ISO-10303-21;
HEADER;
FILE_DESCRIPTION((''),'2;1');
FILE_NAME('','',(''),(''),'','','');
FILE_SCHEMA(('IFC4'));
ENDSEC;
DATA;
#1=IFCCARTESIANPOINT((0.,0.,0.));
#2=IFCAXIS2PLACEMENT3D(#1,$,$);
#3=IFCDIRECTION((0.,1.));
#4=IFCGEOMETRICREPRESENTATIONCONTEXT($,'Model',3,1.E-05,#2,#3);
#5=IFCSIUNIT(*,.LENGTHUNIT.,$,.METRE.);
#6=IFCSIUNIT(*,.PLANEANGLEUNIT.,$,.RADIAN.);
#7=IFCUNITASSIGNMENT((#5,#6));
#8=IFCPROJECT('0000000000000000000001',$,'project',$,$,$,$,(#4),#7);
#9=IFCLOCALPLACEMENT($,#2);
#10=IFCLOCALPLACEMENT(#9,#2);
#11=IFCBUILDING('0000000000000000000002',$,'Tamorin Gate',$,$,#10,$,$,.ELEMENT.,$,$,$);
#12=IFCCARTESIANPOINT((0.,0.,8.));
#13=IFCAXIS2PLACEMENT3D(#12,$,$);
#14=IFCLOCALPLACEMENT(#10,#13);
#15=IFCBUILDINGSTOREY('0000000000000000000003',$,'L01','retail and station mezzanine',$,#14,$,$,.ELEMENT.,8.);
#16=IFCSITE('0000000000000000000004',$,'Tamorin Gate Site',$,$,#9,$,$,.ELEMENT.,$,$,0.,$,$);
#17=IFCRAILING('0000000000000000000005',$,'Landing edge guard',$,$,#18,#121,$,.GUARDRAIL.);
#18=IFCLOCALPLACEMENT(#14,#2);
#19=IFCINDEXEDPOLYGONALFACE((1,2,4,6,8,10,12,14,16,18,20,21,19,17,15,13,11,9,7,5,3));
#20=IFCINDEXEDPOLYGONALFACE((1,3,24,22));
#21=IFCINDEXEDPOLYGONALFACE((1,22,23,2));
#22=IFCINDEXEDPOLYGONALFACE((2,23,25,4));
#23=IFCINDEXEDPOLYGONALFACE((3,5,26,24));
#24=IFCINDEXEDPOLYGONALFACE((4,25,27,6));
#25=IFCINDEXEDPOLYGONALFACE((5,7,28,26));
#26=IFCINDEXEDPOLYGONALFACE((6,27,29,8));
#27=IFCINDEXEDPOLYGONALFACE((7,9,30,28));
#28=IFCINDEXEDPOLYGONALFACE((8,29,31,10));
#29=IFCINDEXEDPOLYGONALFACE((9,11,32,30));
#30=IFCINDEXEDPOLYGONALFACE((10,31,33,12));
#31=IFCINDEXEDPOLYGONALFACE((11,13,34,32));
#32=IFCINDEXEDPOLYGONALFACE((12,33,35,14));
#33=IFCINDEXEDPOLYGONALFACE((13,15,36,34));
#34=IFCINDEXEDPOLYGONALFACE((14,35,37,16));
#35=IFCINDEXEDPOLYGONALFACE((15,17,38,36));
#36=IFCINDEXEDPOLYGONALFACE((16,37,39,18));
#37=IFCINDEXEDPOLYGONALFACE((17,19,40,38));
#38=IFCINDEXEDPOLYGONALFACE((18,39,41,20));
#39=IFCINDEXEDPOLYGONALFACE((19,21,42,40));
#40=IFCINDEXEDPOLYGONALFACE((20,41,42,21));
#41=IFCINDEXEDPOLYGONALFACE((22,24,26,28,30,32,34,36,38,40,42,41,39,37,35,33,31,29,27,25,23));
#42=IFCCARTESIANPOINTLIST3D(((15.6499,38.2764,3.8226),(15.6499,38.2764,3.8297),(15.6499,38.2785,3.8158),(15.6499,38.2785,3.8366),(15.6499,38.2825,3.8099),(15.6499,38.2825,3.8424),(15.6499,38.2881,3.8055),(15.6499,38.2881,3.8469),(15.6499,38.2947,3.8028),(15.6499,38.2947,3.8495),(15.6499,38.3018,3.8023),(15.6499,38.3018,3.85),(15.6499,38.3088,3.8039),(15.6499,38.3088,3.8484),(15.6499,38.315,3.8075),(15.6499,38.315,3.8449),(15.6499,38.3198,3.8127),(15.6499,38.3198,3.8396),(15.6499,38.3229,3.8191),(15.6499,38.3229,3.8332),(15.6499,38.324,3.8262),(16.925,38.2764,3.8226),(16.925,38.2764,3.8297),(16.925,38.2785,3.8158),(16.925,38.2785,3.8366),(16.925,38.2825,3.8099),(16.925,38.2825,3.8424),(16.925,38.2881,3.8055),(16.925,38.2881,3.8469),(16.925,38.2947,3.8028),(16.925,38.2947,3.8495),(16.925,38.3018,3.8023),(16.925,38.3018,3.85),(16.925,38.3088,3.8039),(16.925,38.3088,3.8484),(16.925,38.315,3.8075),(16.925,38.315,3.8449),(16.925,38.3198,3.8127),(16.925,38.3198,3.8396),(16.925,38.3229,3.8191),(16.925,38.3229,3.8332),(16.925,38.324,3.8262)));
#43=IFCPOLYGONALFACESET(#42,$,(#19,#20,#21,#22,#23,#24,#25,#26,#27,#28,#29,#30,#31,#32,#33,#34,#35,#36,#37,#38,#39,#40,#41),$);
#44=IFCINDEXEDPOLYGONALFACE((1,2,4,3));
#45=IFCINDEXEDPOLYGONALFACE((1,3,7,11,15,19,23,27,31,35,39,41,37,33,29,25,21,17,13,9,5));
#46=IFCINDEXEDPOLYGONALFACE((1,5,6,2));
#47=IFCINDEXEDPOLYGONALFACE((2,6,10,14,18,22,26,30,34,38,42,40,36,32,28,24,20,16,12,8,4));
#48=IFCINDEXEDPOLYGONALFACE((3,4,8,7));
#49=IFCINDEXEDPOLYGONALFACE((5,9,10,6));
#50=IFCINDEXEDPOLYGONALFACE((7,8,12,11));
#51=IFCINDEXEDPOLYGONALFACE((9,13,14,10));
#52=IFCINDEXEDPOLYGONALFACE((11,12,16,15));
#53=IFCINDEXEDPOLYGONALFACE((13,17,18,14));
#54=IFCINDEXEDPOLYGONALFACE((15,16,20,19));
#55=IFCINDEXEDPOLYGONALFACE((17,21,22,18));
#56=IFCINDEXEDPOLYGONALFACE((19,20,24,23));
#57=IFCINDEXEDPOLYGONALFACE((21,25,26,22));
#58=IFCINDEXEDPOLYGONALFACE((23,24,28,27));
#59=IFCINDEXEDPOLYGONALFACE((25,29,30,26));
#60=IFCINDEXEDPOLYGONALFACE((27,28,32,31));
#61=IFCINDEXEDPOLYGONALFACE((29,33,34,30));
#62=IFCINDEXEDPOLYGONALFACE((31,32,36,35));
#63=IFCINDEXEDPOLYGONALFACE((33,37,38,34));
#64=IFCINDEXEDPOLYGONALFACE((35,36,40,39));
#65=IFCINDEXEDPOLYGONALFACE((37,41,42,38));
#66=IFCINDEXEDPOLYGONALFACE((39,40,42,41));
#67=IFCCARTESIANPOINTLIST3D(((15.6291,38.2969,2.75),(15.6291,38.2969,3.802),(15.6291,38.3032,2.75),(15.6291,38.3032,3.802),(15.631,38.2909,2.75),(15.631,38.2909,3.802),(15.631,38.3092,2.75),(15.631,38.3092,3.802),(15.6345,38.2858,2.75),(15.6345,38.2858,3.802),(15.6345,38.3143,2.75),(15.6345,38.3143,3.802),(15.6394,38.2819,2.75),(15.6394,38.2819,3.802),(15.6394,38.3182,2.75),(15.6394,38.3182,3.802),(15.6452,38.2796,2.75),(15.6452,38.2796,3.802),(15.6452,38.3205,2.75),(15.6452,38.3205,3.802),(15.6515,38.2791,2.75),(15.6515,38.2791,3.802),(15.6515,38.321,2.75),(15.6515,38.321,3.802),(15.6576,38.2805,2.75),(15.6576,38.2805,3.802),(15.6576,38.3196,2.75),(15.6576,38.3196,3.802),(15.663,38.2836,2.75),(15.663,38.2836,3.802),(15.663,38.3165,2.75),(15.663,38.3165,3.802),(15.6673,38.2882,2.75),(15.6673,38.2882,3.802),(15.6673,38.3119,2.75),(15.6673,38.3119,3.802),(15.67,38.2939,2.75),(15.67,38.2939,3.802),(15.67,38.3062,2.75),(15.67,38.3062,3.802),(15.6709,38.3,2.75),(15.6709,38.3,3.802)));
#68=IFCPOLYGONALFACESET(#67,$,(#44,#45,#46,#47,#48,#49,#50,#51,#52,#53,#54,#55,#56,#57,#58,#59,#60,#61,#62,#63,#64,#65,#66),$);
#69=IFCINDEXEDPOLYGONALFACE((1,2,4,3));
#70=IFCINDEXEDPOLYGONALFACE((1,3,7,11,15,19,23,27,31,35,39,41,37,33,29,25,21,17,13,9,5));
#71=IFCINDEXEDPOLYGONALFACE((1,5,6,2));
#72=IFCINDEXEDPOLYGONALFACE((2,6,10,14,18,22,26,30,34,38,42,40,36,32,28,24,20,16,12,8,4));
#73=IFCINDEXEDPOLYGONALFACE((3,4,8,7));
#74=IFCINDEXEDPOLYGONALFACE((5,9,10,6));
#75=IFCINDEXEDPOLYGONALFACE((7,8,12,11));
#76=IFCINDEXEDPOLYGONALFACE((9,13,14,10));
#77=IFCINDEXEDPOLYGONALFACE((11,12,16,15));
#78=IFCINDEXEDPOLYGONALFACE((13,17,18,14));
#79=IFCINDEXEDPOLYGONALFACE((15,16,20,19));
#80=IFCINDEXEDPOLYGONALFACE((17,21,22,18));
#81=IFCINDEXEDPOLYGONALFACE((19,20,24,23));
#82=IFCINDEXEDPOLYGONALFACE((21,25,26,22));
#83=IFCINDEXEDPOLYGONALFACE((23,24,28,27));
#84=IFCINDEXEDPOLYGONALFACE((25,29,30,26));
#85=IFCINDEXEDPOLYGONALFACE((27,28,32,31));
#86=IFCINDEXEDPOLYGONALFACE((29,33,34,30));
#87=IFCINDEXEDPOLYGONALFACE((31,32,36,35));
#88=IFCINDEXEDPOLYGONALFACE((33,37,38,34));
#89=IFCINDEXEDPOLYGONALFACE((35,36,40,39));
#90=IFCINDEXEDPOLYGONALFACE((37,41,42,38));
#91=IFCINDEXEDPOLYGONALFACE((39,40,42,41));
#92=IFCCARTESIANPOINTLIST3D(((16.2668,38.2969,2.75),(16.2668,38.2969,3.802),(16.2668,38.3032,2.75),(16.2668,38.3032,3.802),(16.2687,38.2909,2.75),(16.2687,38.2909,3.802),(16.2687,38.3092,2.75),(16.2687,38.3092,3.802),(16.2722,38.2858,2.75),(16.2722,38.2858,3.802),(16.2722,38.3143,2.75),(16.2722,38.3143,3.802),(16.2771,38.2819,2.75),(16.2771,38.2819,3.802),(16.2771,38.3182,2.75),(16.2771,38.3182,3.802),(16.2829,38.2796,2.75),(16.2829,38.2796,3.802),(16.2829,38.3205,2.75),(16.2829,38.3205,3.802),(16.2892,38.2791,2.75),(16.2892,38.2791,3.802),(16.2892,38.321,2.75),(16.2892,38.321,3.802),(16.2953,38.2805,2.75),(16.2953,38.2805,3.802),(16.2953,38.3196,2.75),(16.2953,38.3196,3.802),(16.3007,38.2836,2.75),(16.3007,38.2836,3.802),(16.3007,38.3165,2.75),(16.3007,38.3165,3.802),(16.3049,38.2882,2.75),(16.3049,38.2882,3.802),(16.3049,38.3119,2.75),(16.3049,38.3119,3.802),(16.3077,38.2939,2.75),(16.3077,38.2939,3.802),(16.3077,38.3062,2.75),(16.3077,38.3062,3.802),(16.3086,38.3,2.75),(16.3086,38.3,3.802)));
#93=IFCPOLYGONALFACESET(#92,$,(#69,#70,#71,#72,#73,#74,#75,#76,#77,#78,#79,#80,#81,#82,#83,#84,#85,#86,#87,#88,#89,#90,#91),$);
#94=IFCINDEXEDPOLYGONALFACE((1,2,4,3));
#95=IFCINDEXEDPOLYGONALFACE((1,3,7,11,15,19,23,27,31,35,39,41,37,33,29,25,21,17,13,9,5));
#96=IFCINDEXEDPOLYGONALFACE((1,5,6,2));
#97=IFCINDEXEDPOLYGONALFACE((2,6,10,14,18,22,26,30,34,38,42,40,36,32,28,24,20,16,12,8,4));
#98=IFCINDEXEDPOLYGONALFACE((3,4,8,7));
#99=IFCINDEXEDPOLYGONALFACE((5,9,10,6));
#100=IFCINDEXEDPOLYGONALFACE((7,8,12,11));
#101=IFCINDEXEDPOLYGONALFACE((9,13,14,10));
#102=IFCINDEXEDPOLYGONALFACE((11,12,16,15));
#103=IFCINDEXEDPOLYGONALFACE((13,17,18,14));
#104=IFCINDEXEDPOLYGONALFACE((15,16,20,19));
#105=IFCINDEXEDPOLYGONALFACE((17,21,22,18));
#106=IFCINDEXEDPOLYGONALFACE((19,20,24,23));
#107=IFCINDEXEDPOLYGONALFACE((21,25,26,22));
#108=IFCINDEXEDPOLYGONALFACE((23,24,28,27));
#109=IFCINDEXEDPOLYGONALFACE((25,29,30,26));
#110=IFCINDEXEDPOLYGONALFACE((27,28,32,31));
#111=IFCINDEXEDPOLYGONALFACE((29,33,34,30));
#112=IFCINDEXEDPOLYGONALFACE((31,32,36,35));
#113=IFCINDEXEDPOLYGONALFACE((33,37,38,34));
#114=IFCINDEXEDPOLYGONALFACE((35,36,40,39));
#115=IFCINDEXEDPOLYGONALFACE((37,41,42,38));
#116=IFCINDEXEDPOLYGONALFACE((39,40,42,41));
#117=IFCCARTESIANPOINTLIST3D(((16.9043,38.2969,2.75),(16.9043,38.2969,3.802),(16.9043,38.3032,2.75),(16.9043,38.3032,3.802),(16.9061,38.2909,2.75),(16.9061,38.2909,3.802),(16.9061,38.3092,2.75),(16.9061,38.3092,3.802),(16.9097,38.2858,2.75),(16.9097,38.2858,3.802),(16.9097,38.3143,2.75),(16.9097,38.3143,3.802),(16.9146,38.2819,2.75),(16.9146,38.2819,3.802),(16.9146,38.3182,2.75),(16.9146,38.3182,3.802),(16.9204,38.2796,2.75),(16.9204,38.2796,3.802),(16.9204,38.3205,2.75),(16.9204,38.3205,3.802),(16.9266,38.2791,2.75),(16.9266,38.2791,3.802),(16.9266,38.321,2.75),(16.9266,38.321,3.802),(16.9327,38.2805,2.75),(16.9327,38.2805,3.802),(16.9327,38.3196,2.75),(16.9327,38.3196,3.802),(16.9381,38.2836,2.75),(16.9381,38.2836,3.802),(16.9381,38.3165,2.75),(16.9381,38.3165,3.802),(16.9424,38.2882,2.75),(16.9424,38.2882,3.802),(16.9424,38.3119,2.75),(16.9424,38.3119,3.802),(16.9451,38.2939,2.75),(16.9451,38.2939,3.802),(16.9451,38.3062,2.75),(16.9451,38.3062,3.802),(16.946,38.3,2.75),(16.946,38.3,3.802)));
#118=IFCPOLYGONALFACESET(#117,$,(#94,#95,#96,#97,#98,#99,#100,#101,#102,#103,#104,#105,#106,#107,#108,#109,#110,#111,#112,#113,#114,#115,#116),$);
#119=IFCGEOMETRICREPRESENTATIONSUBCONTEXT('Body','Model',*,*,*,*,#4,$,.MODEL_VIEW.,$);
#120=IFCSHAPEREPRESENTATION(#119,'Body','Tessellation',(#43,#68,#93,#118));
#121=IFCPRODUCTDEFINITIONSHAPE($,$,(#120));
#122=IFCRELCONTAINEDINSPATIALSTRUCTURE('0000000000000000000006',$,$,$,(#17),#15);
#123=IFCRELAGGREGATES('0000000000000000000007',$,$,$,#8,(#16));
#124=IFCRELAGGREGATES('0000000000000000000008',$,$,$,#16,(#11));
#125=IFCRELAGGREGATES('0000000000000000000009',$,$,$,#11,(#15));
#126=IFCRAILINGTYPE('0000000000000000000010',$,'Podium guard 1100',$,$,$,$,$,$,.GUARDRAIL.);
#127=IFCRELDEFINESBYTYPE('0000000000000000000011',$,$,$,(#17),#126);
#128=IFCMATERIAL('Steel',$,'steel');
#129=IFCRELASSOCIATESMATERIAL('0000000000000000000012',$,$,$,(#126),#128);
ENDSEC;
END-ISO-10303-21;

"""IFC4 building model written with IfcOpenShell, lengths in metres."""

from ifc_helpers import new_model, si_unit, direction, frame, origin, origin_2d, place, context, subcontext, project, spatial, circle, extrude, material, type_object, element, save


model = new_model("IFC4")

# Units and contexts
model_context = context("Model", 3, precision=1e-05, world=origin(), true_north=direction((0.0, 1.0)))
body_context = subcontext(model_context, "Body", "Model", "MODEL_VIEW")
ifc_project = project(units=[si_unit("LENGTHUNIT", "METRE"), si_unit("PLANEANGLEUNIT", "RADIAN")], contexts=[model_context])

# Site, building, storey
site_placement = place(None, origin())
site = spatial("IfcSite", under=ifc_project, at=site_placement, Name="Tamorin Gate Site", CompositionType="ELEMENT", RefElevation=0.0)
building_placement = place(site_placement, origin())
building = spatial("IfcBuilding", under=site, at=building_placement, Name="Tamorin Gate", CompositionType="ELEMENT")
storey_placement = place(building_placement, frame((0.0, 0.0, 8.0)))
storey = spatial("IfcBuildingStorey", under=building, at=storey_placement, Name="L01", Description="retail and station mezzanine", CompositionType="ELEMENT", Elevation=8.0)

# Railing
ifc_material_1 = material(Name="Steel", Category="steel")
railing_type = type_object("IfcRailingType", Name="Podium guard 1100", PredefinedType="GUARDRAIL", material=ifc_material_1)
railing_1_placement = place(storey_placement, frame((15.6499, 38.3, 2.75)))
element("IfcRailing", 1, at=railing_1_placement, inside=storey, type_object=railing_type, Name="Landing edge guard", PredefinedType="GUARDRAIL", context=body_context, shape_type="SweptSolid", body=[
    extrude(circle(Radius=0.0239, at=origin_2d()), frame((0.0, 0.0, 1.0762), z_axis=(1.0, 0.0, 0.0), x_axis=(0.0, 1.0, 0.0)), (0.0, 0.0, 1.0), 1.2751),
    extrude(circle(Radius=0.021, at=origin_2d()), origin(), (0.0, 0.0, 1.0), 1.052),
    extrude(circle(Radius=0.021, at=origin_2d()), frame((0.6377, 0.0, 0.0)), (0.0, 0.0, 1.0), 1.052),
    extrude(circle(Radius=0.021, at=origin_2d()), frame((1.2751, 0.0, 0.0)), (0.0, 0.0, 1.0), 1.052),
])

save(model, "model.ifc")
